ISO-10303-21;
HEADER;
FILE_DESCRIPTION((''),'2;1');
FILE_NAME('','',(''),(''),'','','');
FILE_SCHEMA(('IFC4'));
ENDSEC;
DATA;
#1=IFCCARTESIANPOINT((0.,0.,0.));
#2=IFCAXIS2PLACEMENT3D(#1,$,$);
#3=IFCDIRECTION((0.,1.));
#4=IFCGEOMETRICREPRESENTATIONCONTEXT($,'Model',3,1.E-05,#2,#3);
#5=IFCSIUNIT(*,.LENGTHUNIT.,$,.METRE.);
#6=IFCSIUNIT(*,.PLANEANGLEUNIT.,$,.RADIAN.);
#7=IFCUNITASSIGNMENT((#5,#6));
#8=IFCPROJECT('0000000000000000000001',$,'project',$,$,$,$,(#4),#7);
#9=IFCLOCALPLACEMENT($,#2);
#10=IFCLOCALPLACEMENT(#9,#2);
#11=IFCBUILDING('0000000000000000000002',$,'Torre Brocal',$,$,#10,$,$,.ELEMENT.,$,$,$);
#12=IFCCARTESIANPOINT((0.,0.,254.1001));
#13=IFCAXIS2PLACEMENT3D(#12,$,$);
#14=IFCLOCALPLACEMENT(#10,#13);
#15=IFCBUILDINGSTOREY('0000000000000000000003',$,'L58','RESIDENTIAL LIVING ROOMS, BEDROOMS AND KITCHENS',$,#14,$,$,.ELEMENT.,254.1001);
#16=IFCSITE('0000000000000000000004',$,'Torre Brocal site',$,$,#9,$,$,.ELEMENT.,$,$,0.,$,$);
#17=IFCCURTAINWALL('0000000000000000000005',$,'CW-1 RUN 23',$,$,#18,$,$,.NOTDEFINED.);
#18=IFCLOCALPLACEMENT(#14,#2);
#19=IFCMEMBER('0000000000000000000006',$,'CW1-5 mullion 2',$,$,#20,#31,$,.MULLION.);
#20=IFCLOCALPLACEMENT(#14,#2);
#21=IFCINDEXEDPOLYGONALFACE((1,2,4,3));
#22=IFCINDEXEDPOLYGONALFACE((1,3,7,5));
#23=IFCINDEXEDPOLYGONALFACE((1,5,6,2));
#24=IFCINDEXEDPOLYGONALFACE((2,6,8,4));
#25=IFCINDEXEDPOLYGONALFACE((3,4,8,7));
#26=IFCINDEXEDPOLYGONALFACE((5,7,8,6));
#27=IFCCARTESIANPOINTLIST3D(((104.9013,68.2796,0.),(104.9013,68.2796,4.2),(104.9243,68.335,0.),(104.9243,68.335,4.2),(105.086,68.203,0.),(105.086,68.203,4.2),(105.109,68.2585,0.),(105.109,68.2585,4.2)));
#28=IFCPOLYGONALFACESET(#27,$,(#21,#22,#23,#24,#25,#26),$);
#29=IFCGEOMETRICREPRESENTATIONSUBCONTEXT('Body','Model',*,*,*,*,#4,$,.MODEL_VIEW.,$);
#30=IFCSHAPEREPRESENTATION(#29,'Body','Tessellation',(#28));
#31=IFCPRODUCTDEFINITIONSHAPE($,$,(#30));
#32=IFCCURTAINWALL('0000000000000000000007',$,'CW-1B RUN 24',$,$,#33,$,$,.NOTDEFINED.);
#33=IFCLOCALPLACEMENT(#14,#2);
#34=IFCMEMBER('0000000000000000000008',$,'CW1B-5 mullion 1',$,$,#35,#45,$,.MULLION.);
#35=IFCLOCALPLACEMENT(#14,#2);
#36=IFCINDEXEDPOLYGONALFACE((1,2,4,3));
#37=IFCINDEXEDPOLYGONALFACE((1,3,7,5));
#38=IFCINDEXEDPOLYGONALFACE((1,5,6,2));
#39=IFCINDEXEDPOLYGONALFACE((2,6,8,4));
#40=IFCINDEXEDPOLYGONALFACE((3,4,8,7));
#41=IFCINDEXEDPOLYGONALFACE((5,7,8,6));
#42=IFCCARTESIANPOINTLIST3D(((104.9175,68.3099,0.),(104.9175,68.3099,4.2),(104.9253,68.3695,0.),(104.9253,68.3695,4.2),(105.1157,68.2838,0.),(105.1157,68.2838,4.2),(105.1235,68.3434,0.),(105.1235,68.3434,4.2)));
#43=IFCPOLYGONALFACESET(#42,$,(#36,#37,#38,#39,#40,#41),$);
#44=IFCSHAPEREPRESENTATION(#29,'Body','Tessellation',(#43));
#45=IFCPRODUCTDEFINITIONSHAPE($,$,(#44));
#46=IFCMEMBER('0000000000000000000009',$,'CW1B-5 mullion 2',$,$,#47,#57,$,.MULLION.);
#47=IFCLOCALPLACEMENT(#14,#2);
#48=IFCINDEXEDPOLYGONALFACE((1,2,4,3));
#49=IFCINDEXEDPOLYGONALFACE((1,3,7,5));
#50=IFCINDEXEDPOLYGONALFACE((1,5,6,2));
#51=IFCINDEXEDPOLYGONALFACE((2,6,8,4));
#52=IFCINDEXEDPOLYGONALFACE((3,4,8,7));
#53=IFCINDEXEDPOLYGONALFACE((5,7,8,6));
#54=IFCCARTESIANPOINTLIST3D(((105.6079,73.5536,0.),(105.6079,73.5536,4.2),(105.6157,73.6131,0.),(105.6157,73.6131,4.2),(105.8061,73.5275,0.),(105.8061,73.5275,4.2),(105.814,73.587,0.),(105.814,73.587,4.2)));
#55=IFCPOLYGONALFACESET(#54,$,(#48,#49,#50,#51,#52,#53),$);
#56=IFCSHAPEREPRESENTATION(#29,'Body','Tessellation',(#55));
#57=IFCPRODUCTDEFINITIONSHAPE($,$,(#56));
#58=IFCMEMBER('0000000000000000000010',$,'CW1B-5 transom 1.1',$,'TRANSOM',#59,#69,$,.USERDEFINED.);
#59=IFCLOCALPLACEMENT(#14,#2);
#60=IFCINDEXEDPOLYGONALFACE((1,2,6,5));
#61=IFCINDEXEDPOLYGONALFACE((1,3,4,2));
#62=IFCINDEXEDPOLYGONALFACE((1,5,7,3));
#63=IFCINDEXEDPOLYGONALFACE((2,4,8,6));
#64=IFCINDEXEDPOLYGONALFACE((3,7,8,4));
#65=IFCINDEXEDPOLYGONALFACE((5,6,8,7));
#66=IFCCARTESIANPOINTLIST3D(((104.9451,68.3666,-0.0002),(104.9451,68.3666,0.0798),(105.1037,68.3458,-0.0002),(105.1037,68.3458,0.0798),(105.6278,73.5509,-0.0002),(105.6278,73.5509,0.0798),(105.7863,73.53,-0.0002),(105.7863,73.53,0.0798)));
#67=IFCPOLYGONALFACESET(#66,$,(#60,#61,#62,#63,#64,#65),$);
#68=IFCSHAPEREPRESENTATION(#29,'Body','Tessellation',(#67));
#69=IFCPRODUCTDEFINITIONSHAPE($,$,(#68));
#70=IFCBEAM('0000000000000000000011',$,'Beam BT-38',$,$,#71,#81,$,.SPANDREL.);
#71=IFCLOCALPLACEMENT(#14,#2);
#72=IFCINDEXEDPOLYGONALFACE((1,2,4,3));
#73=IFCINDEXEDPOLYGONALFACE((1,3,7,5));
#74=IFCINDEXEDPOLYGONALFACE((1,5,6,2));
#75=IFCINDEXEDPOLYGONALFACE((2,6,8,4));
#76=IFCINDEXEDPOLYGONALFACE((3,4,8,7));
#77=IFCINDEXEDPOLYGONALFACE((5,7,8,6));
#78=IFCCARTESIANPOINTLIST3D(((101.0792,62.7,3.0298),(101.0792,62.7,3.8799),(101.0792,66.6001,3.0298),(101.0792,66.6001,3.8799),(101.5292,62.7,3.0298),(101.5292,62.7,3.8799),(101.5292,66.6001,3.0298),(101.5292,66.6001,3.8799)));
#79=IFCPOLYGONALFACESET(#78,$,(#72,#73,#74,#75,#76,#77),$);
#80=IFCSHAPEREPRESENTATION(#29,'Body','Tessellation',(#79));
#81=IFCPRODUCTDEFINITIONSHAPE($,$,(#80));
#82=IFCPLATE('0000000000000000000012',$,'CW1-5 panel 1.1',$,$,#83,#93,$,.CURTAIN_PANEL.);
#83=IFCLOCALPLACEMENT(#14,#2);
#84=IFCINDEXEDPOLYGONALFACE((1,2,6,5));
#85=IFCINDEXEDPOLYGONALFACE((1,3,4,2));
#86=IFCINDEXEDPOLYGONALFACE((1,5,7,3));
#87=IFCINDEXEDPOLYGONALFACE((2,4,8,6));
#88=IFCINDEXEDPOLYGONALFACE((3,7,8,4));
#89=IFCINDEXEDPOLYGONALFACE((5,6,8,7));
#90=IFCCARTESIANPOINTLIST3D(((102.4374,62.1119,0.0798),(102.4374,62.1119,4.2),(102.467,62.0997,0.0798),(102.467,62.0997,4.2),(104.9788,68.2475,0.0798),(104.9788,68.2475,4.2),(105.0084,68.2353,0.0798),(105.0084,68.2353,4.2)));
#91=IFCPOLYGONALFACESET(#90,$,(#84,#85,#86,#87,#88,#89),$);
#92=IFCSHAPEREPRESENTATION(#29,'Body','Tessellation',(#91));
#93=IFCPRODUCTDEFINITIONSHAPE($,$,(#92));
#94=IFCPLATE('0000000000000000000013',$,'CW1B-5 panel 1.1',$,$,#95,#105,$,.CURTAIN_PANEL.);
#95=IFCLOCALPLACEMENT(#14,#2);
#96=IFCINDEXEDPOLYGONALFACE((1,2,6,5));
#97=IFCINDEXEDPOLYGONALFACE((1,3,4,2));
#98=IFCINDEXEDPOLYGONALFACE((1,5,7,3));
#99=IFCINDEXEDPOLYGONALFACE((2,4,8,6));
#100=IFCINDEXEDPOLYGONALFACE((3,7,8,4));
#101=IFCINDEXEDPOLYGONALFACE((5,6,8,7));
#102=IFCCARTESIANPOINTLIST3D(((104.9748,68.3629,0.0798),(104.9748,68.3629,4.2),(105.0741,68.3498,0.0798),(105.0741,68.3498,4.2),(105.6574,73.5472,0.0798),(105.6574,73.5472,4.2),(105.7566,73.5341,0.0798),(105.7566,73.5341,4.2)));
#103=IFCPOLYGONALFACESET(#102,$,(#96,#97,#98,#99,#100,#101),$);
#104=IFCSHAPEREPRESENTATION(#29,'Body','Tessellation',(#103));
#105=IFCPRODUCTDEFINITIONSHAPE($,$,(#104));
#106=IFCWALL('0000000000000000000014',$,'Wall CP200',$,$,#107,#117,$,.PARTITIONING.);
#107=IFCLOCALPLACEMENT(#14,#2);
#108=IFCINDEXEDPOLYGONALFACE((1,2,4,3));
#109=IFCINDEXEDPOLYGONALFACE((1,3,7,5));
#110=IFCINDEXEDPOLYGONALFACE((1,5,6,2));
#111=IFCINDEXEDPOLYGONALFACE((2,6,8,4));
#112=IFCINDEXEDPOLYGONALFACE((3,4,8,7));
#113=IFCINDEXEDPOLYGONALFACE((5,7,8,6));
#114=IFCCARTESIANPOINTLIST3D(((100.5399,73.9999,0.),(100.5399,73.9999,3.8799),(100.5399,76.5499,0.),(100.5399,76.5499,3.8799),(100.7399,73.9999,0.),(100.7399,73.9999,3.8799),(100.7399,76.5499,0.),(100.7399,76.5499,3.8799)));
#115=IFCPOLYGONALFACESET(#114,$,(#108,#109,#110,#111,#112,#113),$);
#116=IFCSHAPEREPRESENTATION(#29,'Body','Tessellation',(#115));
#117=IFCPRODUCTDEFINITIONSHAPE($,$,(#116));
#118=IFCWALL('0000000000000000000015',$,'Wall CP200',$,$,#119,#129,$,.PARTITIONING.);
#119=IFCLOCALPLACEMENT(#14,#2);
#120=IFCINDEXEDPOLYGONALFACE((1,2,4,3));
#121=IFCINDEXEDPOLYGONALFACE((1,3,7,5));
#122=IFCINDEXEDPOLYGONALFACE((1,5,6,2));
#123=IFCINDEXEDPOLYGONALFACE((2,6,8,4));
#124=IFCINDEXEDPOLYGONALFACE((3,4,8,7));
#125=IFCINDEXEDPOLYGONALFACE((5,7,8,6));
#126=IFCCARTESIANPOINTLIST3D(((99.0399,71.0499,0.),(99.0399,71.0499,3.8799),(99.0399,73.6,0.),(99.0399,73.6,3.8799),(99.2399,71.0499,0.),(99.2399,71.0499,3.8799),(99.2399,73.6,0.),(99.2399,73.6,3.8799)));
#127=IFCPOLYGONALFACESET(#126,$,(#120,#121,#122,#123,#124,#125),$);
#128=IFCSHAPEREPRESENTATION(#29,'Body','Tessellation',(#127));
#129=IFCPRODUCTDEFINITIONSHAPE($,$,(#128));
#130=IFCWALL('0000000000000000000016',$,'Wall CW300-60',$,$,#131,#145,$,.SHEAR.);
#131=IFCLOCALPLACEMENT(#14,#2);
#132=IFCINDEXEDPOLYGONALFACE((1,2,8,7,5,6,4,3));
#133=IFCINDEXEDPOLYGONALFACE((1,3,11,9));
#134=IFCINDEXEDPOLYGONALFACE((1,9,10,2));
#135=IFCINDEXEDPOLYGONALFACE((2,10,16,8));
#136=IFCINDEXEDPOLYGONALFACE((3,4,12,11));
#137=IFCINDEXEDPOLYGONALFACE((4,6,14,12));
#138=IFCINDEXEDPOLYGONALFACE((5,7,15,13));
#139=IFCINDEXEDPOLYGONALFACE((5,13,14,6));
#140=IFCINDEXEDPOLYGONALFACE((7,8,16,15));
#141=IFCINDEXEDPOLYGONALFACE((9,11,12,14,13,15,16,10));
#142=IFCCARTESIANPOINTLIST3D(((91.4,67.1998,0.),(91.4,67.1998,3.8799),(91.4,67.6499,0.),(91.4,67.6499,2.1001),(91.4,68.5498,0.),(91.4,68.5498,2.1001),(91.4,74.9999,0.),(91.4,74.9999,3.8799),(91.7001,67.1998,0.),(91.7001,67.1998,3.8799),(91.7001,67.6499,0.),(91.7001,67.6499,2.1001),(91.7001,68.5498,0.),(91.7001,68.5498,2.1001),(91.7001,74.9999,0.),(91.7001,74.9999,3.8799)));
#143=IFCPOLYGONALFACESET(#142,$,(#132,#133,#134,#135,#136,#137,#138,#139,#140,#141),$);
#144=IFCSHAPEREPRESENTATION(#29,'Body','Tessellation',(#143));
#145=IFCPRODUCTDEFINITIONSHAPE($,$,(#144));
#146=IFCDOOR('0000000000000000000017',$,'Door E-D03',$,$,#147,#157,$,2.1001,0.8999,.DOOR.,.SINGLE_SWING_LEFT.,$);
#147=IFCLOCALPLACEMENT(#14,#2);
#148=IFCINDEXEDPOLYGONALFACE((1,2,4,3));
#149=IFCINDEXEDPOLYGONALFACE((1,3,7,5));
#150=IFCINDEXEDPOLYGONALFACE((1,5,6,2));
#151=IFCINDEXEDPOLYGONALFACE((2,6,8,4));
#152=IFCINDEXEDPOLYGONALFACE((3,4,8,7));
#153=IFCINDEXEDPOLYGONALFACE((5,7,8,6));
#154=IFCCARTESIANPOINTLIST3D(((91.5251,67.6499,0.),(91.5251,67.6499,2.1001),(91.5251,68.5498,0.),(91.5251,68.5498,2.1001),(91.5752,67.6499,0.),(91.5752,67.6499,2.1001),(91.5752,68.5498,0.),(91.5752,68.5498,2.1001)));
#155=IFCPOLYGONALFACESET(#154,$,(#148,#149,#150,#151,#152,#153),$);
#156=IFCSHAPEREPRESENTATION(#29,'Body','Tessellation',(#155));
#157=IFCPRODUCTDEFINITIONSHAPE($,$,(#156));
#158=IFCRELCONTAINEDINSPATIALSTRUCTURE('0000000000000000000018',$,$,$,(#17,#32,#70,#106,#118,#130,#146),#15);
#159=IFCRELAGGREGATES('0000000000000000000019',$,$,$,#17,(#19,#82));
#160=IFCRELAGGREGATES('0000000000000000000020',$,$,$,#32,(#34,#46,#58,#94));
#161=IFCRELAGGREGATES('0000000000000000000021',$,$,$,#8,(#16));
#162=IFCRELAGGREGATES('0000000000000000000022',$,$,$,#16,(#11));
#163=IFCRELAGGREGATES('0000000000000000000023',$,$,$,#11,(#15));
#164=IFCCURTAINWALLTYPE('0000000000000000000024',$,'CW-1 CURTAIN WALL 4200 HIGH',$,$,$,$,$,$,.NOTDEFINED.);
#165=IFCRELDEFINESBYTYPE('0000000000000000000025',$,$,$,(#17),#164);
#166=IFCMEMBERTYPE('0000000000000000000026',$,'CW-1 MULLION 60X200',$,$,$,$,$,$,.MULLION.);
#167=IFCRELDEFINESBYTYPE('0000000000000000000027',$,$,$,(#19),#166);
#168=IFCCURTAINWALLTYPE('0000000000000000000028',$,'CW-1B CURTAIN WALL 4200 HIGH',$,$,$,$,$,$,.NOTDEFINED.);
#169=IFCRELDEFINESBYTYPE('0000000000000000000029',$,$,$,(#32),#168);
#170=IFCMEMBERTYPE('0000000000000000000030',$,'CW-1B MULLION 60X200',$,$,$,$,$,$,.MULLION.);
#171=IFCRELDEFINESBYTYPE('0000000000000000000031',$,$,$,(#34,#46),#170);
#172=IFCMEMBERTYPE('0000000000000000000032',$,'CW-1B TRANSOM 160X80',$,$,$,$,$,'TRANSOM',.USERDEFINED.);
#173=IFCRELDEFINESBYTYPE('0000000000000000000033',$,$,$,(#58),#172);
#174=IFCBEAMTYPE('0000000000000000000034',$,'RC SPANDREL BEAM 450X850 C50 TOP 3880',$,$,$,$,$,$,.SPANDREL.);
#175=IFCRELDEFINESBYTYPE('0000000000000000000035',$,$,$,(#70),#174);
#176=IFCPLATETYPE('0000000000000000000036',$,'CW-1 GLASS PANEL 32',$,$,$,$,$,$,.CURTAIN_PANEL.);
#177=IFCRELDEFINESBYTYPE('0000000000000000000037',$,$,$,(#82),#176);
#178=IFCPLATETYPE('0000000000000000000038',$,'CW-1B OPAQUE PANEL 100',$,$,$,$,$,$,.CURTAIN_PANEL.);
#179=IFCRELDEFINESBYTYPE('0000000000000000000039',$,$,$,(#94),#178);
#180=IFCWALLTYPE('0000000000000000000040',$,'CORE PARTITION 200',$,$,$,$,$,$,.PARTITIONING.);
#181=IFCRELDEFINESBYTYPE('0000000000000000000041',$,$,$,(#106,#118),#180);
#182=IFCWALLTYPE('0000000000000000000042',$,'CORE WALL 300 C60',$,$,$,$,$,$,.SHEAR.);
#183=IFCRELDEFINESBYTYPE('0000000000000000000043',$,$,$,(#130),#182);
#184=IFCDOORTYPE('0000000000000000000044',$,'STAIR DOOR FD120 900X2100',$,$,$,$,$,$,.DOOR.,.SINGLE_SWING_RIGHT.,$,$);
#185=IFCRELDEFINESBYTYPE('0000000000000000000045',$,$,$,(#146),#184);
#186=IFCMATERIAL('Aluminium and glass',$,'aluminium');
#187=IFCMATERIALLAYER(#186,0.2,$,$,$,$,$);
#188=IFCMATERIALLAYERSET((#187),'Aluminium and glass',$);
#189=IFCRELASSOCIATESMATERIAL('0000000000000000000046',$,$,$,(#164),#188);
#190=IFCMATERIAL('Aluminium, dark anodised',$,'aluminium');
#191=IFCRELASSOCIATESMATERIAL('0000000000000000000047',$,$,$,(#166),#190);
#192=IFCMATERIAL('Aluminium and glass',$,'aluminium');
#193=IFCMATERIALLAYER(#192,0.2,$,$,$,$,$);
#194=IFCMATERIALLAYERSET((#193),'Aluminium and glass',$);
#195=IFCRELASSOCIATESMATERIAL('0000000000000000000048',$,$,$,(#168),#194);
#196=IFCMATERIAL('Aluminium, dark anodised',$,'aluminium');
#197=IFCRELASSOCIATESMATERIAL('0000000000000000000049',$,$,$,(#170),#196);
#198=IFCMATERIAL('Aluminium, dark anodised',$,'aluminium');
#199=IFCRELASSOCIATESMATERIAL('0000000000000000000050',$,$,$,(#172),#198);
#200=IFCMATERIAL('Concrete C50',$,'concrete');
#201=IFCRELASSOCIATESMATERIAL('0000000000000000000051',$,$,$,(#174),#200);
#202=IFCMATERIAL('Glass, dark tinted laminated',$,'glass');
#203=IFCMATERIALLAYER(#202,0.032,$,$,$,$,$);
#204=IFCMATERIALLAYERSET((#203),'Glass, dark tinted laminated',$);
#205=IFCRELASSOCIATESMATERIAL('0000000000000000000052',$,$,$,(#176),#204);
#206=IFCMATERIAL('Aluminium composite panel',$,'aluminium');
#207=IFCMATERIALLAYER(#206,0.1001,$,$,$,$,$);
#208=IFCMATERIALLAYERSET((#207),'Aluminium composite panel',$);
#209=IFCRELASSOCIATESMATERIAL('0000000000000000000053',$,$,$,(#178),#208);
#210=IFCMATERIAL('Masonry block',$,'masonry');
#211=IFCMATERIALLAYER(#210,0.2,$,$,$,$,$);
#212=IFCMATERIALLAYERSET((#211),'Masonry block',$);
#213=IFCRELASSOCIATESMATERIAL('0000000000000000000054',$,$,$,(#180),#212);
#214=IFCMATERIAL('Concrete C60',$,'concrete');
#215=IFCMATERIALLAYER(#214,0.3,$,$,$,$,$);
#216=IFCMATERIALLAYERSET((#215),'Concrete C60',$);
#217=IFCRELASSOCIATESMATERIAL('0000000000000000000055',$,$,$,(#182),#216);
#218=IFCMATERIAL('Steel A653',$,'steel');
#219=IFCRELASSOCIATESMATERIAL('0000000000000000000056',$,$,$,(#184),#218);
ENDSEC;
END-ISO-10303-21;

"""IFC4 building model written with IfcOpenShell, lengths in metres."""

from ifc_helpers import new_model, si_unit, direction, frame, frame_2d, origin, origin_2d, place, context, subcontext, project, spatial, rectangle, extrude, material, layer, layer_set, material_profile, profile_set, type_object, element, fill, aggregate, save


model = new_model("IFC4")

# Units and contexts
model_context = context("Model", 3, precision=1e-05, world=origin(), true_north=direction((0.0, 1.0)))
body_context = subcontext(model_context, "Body", "Model", "MODEL_VIEW")
ifc_project = project(units=[si_unit("LENGTHUNIT", "METRE"), si_unit("PLANEANGLEUNIT", "RADIAN")], contexts=[model_context])

# Site, building, storey
site_placement = place(None, origin())
site = spatial("IfcSite", under=ifc_project, at=site_placement, Name="Torre Brocal site", CompositionType="ELEMENT", RefElevation=0.0)
building_placement = place(site_placement, origin())
building = spatial("IfcBuilding", under=site, at=building_placement, Name="Torre Brocal", CompositionType="ELEMENT")
storey_placement = place(building_placement, frame((0.0, 0.0, 254.1001)))
storey = spatial("IfcBuildingStorey", under=building, at=storey_placement, Name="L58", Description="RESIDENTIAL LIVING ROOMS, BEDROOMS AND KITCHENS", CompositionType="ELEMENT", Elevation=254.1001)

# Curtain wall, member
ifc_material_1 = material(Name="Aluminium and glass", Category="aluminium")
ifc_layer_1 = layer(ifc_material_1, 0.2)
ifc_layer_set_1 = layer_set([ifc_layer_1], Name="Aluminium and glass")
curtain_wall_type_1 = type_object("IfcCurtainWallType", Name="CW-1 CURTAIN WALL 4200 HIGH", PredefinedType="NOTDEFINED", material=ifc_layer_set_1)
curtain_wall_1_placement = place(storey_placement, origin())
curtain_wall_1 = element("IfcCurtainWall", 1, at=curtain_wall_1_placement, inside=storey, type_object=curtain_wall_type_1, Name="CW-1 RUN 23", PredefinedType="NOTDEFINED")
ifc_material_2 = material(Name="Aluminium, dark anodised", Category="aluminium")
ifc_material_profile_1 = material_profile(ifc_material_2, rectangle(XDim=0.2, YDim=0.0601, at=origin_2d()), Name="CW-1 MULLION 60X200")
ifc_profile_set_1 = profile_set([ifc_material_profile_1], Name="Aluminium, dark anodised")
member_type_1 = type_object("IfcMemberType", Name="CW-1 MULLION 60X200", PredefinedType="MULLION", material=ifc_profile_set_1)
member_1_placement = place(storey_placement, frame((105.0051, 68.269, 0.0), z_axis=(0.0, 0.0, 1.0), x_axis=(-0.92388, 0.382683, 0.0)))
member_1 = element("IfcMember", 2, at=member_1_placement, type_object=member_type_1, Name="CW1-5 mullion 2", PredefinedType="MULLION", context=body_context, shape_type="SweptSolid", body=[
    extrude(rectangle(XDim=0.2, YDim=0.0601, at=origin_2d()), origin(), (0.0, 0.0, 1.0), 4.2),
])

# Curtain wall, members
ifc_material_3 = material(Name="Aluminium and glass", Category="aluminium")
ifc_layer_2 = layer(ifc_material_3, 0.2)
ifc_layer_set_2 = layer_set([ifc_layer_2], Name="Aluminium and glass")
curtain_wall_type_2 = type_object("IfcCurtainWallType", Name="CW-1B CURTAIN WALL 4200 HIGH", PredefinedType="NOTDEFINED", material=ifc_layer_set_2)
curtain_wall_2_placement = place(storey_placement, origin())
curtain_wall_2 = element("IfcCurtainWall", 3, at=curtain_wall_2_placement, inside=storey, type_object=curtain_wall_type_2, Name="CW-1B RUN 24", PredefinedType="NOTDEFINED")
ifc_material_4 = material(Name="Aluminium, dark anodised", Category="aluminium")
ifc_material_profile_2 = material_profile(ifc_material_4, rectangle(XDim=0.2, YDim=0.0601, at=origin_2d()), Name="CW-1B MULLION 60X200")
ifc_profile_set_2 = profile_set([ifc_material_profile_2], Name="Aluminium, dark anodised")
member_type_2 = type_object("IfcMemberType", Name="CW-1B MULLION 60X200", PredefinedType="MULLION", material=ifc_profile_set_2)
member_2_placement = place(storey_placement, frame((105.0205, 68.3267, 0.0), z_axis=(0.0, 0.0, 1.0), x_axis=(-0.991445, 0.130526, 0.0)))
member_2 = element("IfcMember", 4, at=member_2_placement, type_object=member_type_2, Name="CW1B-5 mullion 1", PredefinedType="MULLION", context=body_context, shape_type="SweptSolid", body=[
    extrude(rectangle(XDim=0.2, YDim=0.0601, at=origin_2d()), origin(), (0.0, 0.0, 1.0), 4.2),
])
member_3_placement = place(storey_placement, frame((105.7109, 73.5703, 0.0), z_axis=(0.0, 0.0, 1.0), x_axis=(-0.991445, 0.130526, 0.0)))
member_3 = element("IfcMember", 5, at=member_3_placement, type_object=member_type_2, Name="CW1B-5 mullion 2", PredefinedType="MULLION", context=body_context, shape_type="SweptSolid", body=[
    extrude(rectangle(XDim=0.2, YDim=0.0601, at=origin_2d()), origin(), (0.0, 0.0, 1.0), 4.2),
])
ifc_material_5 = material(Name="Aluminium, dark anodised", Category="aluminium")
ifc_material_profile_3 = material_profile(ifc_material_5, rectangle(XDim=0.1599, YDim=0.0801, at=origin_2d()), Name="CW-1B TRANSOM 160X80")
ifc_profile_set_3 = profile_set([ifc_material_profile_3], Name="Aluminium, dark anodised")
member_type_3 = type_object("IfcMemberType", Name="CW-1B TRANSOM 160X80", ElementType="TRANSOM", PredefinedType="USERDEFINED", material=ifc_profile_set_3)
member_4_placement = place(storey_placement, frame((105.0244, 68.3562, 0.0398), z_axis=(0.130543, 0.991443, 0.0), x_axis=(-0.991443, 0.130543, 0.0)))
member_4 = element("IfcMember", 6, at=member_4_placement, type_object=member_type_3, Name="CW1B-5 transom 1.1", ObjectType="TRANSOM", PredefinedType="USERDEFINED", context=body_context, shape_type="SweptSolid", body=[
    extrude(rectangle(XDim=0.1599, YDim=0.0801, at=origin_2d()), origin(), (0.0, 0.0, 1.0), 5.229),
])

# Beam
ifc_material_6 = material(Name="Concrete C50", Category="concrete")
ifc_material_profile_4 = material_profile(ifc_material_6, rectangle(XDim=0.45, YDim=0.8501, at=origin_2d()), Name="RC 450X850")
ifc_profile_set_4 = profile_set([ifc_material_profile_4], Name="Concrete C50")
beam_type = type_object("IfcBeamType", Name="RC SPANDREL BEAM 450X850 C50 TOP 3880", PredefinedType="SPANDREL", material=ifc_profile_set_4)
beam_placement = place(storey_placement, frame((101.3042, 62.7, 3.4548), z_axis=(0.0, 1.0, 0.0), x_axis=(-1.0, 0.0, 0.0)))
element("IfcBeam", 7, at=beam_placement, inside=storey, type_object=beam_type, Name="Beam BT-38", PredefinedType="SPANDREL", context=body_context, shape_type="SweptSolid", body=[
    extrude(rectangle(XDim=0.45, YDim=0.8501, at=origin_2d()), origin(), (0.0, 0.0, 1.0), 3.9001),
])

# Plates
ifc_material_7 = material(Name="Glass, dark tinted laminated", Category="glass")
ifc_layer_3 = layer(ifc_material_7, 0.032)
ifc_layer_set_3 = layer_set([ifc_layer_3], Name="Glass, dark tinted laminated")
plate_type_1 = type_object("IfcPlateType", Name="CW-1 GLASS PANEL 32", PredefinedType="CURTAIN_PANEL", material=ifc_layer_set_3)
plate_1_placement = place(storey_placement, frame((103.7229, 65.1736, 0.0798), z_axis=(0.0, 0.0, 1.0), x_axis=(0.382683, 0.92388, 0.0)))
plate_1 = element("IfcPlate", 8, at=plate_1_placement, type_object=plate_type_1, Name="CW1-5 panel 1.1", PredefinedType="CURTAIN_PANEL", context=body_context, shape_type="SweptSolid", body=[
    extrude(rectangle(XDim=6.6411, YDim=0.032, at=origin_2d()), origin(), (0.0, 0.0, 1.0), 4.1201),
])
aggregate(curtain_wall_1, [member_1, plate_1])
ifc_material_8 = material(Name="Aluminium composite panel", Category="aluminium")
ifc_layer_4 = layer(ifc_material_8, 0.1001)
ifc_layer_set_4 = layer_set([ifc_layer_4], Name="Aluminium composite panel")
plate_type_2 = type_object("IfcPlateType", Name="CW-1B OPAQUE PANEL 100", PredefinedType="CURTAIN_PANEL", material=ifc_layer_set_4)
plate_2_placement = place(storey_placement, frame((105.3657, 70.9485, 0.0798), z_axis=(0.0, 0.0, 1.0), x_axis=(0.130526, 0.991445, 0.0)))
plate_2 = element("IfcPlate", 9, at=plate_2_placement, type_object=plate_type_2, Name="CW1B-5 panel 1.1", PredefinedType="CURTAIN_PANEL", context=body_context, shape_type="SweptSolid", body=[
    extrude(rectangle(XDim=5.229, YDim=0.1001, at=origin_2d()), origin(), (0.0, 0.0, 1.0), 4.1201),
])
aggregate(curtain_wall_2, [member_2, member_3, member_4, plate_2])

# Walls
ifc_material_9 = material(Name="Masonry block", Category="masonry")
ifc_layer_5 = layer(ifc_material_9, 0.2)
ifc_layer_set_5 = layer_set([ifc_layer_5], Name="Masonry block")
wall_type_1 = type_object("IfcWallType", Name="CORE PARTITION 200", PredefinedType="PARTITIONING", material=ifc_layer_set_5)
for number, where, z_axis, x_axis, name in (
    (10, (100.6399, 74.0, 0.0), (0.0, 0.0, 1.0), (0.0, 1.0, 0.0), "Wall CP200"),
    (11, (99.1399, 71.05, 0.0), (0.0, 0.0, 1.0), (0.0, 1.0, 0.0), "Wall CP200"),
):
    element("IfcWall", number, at=place(storey_placement, frame(where, z_axis=z_axis, x_axis=x_axis)), inside=storey, type_object=wall_type_1, Name=name, PredefinedType="PARTITIONING", context=body_context, shape_type="SweptSolid", body=[
        extrude(rectangle(XDim=2.55, YDim=0.2, at=frame_2d((1.2749, 0.0))), origin(), (0.0, 0.0, 1.0), 3.8799),
    ])

# Wall, opening, door
ifc_material_10 = material(Name="Concrete C60", Category="concrete")
ifc_layer_6 = layer(ifc_material_10, 0.3)
ifc_layer_set_6 = layer_set([ifc_layer_6], Name="Concrete C60")
wall_type_2 = type_object("IfcWallType", Name="CORE WALL 300 C60", PredefinedType="SHEAR", material=ifc_layer_set_6)
wall_1_placement = place(storey_placement, frame((91.55, 67.2, 0.0), z_axis=(0.0, 0.0, 1.0), x_axis=(0.0, 1.0, 0.0)))
wall_1 = element("IfcWall", 12, at=wall_1_placement, inside=storey, type_object=wall_type_2, Name="Wall CW300-60", PredefinedType="SHEAR", context=body_context, shape_type="SweptSolid", body=[
    extrude(rectangle(XDim=7.8, YDim=0.3, at=frame_2d((3.8999, 0.0))), origin(), (0.0, 0.0, 1.0), 3.8799),
])
opening_1_placement = place(wall_1_placement, frame((0.45, 0.0, 0.0)))
opening_1 = element("IfcOpeningElement", 13, at=opening_1_placement, cuts=wall_1, PredefinedType="OPENING", context=body_context, shape_type="SweptSolid", body=[
    extrude(rectangle(XDim=0.8999, YDim=2.1001, at=frame_2d((0.45, 1.05))), frame((0.0, 0.1599, 0.0), z_axis=(0.0, -1.0, 0.0), x_axis=(1.0, 0.0, 0.0)), (0.0, 0.0, 1.0), 0.3201),
])
ifc_material_11 = material(Name="Steel A653", Category="steel")
door_type_1 = type_object("IfcDoorType", Name="STAIR DOOR FD120 900X2100", OperationType="SINGLE_SWING_RIGHT", PredefinedType="DOOR", material=ifc_material_11)
door_1_placement = place(opening_1_placement, origin())
door_1 = element("IfcDoor", 14, at=door_1_placement, inside=storey, type_object=door_type_1, Name="Door E-D03", OperationType="SINGLE_SWING_LEFT", OverallHeight=2.1001, OverallWidth=0.8999, PredefinedType="DOOR", context=body_context, shape_type="SweptSolid", body=[
    extrude(rectangle(XDim=0.8999, YDim=2.1001, at=frame_2d((0.45, 1.05))), frame((0.0, 0.0249, 0.0), z_axis=(0.0, -1.0, 0.0), x_axis=(1.0, 0.0, 0.0)), (0.0, 0.0, 1.0), 0.05),
])
fill(opening_1, door_1)

save(model, "model.ifc")
